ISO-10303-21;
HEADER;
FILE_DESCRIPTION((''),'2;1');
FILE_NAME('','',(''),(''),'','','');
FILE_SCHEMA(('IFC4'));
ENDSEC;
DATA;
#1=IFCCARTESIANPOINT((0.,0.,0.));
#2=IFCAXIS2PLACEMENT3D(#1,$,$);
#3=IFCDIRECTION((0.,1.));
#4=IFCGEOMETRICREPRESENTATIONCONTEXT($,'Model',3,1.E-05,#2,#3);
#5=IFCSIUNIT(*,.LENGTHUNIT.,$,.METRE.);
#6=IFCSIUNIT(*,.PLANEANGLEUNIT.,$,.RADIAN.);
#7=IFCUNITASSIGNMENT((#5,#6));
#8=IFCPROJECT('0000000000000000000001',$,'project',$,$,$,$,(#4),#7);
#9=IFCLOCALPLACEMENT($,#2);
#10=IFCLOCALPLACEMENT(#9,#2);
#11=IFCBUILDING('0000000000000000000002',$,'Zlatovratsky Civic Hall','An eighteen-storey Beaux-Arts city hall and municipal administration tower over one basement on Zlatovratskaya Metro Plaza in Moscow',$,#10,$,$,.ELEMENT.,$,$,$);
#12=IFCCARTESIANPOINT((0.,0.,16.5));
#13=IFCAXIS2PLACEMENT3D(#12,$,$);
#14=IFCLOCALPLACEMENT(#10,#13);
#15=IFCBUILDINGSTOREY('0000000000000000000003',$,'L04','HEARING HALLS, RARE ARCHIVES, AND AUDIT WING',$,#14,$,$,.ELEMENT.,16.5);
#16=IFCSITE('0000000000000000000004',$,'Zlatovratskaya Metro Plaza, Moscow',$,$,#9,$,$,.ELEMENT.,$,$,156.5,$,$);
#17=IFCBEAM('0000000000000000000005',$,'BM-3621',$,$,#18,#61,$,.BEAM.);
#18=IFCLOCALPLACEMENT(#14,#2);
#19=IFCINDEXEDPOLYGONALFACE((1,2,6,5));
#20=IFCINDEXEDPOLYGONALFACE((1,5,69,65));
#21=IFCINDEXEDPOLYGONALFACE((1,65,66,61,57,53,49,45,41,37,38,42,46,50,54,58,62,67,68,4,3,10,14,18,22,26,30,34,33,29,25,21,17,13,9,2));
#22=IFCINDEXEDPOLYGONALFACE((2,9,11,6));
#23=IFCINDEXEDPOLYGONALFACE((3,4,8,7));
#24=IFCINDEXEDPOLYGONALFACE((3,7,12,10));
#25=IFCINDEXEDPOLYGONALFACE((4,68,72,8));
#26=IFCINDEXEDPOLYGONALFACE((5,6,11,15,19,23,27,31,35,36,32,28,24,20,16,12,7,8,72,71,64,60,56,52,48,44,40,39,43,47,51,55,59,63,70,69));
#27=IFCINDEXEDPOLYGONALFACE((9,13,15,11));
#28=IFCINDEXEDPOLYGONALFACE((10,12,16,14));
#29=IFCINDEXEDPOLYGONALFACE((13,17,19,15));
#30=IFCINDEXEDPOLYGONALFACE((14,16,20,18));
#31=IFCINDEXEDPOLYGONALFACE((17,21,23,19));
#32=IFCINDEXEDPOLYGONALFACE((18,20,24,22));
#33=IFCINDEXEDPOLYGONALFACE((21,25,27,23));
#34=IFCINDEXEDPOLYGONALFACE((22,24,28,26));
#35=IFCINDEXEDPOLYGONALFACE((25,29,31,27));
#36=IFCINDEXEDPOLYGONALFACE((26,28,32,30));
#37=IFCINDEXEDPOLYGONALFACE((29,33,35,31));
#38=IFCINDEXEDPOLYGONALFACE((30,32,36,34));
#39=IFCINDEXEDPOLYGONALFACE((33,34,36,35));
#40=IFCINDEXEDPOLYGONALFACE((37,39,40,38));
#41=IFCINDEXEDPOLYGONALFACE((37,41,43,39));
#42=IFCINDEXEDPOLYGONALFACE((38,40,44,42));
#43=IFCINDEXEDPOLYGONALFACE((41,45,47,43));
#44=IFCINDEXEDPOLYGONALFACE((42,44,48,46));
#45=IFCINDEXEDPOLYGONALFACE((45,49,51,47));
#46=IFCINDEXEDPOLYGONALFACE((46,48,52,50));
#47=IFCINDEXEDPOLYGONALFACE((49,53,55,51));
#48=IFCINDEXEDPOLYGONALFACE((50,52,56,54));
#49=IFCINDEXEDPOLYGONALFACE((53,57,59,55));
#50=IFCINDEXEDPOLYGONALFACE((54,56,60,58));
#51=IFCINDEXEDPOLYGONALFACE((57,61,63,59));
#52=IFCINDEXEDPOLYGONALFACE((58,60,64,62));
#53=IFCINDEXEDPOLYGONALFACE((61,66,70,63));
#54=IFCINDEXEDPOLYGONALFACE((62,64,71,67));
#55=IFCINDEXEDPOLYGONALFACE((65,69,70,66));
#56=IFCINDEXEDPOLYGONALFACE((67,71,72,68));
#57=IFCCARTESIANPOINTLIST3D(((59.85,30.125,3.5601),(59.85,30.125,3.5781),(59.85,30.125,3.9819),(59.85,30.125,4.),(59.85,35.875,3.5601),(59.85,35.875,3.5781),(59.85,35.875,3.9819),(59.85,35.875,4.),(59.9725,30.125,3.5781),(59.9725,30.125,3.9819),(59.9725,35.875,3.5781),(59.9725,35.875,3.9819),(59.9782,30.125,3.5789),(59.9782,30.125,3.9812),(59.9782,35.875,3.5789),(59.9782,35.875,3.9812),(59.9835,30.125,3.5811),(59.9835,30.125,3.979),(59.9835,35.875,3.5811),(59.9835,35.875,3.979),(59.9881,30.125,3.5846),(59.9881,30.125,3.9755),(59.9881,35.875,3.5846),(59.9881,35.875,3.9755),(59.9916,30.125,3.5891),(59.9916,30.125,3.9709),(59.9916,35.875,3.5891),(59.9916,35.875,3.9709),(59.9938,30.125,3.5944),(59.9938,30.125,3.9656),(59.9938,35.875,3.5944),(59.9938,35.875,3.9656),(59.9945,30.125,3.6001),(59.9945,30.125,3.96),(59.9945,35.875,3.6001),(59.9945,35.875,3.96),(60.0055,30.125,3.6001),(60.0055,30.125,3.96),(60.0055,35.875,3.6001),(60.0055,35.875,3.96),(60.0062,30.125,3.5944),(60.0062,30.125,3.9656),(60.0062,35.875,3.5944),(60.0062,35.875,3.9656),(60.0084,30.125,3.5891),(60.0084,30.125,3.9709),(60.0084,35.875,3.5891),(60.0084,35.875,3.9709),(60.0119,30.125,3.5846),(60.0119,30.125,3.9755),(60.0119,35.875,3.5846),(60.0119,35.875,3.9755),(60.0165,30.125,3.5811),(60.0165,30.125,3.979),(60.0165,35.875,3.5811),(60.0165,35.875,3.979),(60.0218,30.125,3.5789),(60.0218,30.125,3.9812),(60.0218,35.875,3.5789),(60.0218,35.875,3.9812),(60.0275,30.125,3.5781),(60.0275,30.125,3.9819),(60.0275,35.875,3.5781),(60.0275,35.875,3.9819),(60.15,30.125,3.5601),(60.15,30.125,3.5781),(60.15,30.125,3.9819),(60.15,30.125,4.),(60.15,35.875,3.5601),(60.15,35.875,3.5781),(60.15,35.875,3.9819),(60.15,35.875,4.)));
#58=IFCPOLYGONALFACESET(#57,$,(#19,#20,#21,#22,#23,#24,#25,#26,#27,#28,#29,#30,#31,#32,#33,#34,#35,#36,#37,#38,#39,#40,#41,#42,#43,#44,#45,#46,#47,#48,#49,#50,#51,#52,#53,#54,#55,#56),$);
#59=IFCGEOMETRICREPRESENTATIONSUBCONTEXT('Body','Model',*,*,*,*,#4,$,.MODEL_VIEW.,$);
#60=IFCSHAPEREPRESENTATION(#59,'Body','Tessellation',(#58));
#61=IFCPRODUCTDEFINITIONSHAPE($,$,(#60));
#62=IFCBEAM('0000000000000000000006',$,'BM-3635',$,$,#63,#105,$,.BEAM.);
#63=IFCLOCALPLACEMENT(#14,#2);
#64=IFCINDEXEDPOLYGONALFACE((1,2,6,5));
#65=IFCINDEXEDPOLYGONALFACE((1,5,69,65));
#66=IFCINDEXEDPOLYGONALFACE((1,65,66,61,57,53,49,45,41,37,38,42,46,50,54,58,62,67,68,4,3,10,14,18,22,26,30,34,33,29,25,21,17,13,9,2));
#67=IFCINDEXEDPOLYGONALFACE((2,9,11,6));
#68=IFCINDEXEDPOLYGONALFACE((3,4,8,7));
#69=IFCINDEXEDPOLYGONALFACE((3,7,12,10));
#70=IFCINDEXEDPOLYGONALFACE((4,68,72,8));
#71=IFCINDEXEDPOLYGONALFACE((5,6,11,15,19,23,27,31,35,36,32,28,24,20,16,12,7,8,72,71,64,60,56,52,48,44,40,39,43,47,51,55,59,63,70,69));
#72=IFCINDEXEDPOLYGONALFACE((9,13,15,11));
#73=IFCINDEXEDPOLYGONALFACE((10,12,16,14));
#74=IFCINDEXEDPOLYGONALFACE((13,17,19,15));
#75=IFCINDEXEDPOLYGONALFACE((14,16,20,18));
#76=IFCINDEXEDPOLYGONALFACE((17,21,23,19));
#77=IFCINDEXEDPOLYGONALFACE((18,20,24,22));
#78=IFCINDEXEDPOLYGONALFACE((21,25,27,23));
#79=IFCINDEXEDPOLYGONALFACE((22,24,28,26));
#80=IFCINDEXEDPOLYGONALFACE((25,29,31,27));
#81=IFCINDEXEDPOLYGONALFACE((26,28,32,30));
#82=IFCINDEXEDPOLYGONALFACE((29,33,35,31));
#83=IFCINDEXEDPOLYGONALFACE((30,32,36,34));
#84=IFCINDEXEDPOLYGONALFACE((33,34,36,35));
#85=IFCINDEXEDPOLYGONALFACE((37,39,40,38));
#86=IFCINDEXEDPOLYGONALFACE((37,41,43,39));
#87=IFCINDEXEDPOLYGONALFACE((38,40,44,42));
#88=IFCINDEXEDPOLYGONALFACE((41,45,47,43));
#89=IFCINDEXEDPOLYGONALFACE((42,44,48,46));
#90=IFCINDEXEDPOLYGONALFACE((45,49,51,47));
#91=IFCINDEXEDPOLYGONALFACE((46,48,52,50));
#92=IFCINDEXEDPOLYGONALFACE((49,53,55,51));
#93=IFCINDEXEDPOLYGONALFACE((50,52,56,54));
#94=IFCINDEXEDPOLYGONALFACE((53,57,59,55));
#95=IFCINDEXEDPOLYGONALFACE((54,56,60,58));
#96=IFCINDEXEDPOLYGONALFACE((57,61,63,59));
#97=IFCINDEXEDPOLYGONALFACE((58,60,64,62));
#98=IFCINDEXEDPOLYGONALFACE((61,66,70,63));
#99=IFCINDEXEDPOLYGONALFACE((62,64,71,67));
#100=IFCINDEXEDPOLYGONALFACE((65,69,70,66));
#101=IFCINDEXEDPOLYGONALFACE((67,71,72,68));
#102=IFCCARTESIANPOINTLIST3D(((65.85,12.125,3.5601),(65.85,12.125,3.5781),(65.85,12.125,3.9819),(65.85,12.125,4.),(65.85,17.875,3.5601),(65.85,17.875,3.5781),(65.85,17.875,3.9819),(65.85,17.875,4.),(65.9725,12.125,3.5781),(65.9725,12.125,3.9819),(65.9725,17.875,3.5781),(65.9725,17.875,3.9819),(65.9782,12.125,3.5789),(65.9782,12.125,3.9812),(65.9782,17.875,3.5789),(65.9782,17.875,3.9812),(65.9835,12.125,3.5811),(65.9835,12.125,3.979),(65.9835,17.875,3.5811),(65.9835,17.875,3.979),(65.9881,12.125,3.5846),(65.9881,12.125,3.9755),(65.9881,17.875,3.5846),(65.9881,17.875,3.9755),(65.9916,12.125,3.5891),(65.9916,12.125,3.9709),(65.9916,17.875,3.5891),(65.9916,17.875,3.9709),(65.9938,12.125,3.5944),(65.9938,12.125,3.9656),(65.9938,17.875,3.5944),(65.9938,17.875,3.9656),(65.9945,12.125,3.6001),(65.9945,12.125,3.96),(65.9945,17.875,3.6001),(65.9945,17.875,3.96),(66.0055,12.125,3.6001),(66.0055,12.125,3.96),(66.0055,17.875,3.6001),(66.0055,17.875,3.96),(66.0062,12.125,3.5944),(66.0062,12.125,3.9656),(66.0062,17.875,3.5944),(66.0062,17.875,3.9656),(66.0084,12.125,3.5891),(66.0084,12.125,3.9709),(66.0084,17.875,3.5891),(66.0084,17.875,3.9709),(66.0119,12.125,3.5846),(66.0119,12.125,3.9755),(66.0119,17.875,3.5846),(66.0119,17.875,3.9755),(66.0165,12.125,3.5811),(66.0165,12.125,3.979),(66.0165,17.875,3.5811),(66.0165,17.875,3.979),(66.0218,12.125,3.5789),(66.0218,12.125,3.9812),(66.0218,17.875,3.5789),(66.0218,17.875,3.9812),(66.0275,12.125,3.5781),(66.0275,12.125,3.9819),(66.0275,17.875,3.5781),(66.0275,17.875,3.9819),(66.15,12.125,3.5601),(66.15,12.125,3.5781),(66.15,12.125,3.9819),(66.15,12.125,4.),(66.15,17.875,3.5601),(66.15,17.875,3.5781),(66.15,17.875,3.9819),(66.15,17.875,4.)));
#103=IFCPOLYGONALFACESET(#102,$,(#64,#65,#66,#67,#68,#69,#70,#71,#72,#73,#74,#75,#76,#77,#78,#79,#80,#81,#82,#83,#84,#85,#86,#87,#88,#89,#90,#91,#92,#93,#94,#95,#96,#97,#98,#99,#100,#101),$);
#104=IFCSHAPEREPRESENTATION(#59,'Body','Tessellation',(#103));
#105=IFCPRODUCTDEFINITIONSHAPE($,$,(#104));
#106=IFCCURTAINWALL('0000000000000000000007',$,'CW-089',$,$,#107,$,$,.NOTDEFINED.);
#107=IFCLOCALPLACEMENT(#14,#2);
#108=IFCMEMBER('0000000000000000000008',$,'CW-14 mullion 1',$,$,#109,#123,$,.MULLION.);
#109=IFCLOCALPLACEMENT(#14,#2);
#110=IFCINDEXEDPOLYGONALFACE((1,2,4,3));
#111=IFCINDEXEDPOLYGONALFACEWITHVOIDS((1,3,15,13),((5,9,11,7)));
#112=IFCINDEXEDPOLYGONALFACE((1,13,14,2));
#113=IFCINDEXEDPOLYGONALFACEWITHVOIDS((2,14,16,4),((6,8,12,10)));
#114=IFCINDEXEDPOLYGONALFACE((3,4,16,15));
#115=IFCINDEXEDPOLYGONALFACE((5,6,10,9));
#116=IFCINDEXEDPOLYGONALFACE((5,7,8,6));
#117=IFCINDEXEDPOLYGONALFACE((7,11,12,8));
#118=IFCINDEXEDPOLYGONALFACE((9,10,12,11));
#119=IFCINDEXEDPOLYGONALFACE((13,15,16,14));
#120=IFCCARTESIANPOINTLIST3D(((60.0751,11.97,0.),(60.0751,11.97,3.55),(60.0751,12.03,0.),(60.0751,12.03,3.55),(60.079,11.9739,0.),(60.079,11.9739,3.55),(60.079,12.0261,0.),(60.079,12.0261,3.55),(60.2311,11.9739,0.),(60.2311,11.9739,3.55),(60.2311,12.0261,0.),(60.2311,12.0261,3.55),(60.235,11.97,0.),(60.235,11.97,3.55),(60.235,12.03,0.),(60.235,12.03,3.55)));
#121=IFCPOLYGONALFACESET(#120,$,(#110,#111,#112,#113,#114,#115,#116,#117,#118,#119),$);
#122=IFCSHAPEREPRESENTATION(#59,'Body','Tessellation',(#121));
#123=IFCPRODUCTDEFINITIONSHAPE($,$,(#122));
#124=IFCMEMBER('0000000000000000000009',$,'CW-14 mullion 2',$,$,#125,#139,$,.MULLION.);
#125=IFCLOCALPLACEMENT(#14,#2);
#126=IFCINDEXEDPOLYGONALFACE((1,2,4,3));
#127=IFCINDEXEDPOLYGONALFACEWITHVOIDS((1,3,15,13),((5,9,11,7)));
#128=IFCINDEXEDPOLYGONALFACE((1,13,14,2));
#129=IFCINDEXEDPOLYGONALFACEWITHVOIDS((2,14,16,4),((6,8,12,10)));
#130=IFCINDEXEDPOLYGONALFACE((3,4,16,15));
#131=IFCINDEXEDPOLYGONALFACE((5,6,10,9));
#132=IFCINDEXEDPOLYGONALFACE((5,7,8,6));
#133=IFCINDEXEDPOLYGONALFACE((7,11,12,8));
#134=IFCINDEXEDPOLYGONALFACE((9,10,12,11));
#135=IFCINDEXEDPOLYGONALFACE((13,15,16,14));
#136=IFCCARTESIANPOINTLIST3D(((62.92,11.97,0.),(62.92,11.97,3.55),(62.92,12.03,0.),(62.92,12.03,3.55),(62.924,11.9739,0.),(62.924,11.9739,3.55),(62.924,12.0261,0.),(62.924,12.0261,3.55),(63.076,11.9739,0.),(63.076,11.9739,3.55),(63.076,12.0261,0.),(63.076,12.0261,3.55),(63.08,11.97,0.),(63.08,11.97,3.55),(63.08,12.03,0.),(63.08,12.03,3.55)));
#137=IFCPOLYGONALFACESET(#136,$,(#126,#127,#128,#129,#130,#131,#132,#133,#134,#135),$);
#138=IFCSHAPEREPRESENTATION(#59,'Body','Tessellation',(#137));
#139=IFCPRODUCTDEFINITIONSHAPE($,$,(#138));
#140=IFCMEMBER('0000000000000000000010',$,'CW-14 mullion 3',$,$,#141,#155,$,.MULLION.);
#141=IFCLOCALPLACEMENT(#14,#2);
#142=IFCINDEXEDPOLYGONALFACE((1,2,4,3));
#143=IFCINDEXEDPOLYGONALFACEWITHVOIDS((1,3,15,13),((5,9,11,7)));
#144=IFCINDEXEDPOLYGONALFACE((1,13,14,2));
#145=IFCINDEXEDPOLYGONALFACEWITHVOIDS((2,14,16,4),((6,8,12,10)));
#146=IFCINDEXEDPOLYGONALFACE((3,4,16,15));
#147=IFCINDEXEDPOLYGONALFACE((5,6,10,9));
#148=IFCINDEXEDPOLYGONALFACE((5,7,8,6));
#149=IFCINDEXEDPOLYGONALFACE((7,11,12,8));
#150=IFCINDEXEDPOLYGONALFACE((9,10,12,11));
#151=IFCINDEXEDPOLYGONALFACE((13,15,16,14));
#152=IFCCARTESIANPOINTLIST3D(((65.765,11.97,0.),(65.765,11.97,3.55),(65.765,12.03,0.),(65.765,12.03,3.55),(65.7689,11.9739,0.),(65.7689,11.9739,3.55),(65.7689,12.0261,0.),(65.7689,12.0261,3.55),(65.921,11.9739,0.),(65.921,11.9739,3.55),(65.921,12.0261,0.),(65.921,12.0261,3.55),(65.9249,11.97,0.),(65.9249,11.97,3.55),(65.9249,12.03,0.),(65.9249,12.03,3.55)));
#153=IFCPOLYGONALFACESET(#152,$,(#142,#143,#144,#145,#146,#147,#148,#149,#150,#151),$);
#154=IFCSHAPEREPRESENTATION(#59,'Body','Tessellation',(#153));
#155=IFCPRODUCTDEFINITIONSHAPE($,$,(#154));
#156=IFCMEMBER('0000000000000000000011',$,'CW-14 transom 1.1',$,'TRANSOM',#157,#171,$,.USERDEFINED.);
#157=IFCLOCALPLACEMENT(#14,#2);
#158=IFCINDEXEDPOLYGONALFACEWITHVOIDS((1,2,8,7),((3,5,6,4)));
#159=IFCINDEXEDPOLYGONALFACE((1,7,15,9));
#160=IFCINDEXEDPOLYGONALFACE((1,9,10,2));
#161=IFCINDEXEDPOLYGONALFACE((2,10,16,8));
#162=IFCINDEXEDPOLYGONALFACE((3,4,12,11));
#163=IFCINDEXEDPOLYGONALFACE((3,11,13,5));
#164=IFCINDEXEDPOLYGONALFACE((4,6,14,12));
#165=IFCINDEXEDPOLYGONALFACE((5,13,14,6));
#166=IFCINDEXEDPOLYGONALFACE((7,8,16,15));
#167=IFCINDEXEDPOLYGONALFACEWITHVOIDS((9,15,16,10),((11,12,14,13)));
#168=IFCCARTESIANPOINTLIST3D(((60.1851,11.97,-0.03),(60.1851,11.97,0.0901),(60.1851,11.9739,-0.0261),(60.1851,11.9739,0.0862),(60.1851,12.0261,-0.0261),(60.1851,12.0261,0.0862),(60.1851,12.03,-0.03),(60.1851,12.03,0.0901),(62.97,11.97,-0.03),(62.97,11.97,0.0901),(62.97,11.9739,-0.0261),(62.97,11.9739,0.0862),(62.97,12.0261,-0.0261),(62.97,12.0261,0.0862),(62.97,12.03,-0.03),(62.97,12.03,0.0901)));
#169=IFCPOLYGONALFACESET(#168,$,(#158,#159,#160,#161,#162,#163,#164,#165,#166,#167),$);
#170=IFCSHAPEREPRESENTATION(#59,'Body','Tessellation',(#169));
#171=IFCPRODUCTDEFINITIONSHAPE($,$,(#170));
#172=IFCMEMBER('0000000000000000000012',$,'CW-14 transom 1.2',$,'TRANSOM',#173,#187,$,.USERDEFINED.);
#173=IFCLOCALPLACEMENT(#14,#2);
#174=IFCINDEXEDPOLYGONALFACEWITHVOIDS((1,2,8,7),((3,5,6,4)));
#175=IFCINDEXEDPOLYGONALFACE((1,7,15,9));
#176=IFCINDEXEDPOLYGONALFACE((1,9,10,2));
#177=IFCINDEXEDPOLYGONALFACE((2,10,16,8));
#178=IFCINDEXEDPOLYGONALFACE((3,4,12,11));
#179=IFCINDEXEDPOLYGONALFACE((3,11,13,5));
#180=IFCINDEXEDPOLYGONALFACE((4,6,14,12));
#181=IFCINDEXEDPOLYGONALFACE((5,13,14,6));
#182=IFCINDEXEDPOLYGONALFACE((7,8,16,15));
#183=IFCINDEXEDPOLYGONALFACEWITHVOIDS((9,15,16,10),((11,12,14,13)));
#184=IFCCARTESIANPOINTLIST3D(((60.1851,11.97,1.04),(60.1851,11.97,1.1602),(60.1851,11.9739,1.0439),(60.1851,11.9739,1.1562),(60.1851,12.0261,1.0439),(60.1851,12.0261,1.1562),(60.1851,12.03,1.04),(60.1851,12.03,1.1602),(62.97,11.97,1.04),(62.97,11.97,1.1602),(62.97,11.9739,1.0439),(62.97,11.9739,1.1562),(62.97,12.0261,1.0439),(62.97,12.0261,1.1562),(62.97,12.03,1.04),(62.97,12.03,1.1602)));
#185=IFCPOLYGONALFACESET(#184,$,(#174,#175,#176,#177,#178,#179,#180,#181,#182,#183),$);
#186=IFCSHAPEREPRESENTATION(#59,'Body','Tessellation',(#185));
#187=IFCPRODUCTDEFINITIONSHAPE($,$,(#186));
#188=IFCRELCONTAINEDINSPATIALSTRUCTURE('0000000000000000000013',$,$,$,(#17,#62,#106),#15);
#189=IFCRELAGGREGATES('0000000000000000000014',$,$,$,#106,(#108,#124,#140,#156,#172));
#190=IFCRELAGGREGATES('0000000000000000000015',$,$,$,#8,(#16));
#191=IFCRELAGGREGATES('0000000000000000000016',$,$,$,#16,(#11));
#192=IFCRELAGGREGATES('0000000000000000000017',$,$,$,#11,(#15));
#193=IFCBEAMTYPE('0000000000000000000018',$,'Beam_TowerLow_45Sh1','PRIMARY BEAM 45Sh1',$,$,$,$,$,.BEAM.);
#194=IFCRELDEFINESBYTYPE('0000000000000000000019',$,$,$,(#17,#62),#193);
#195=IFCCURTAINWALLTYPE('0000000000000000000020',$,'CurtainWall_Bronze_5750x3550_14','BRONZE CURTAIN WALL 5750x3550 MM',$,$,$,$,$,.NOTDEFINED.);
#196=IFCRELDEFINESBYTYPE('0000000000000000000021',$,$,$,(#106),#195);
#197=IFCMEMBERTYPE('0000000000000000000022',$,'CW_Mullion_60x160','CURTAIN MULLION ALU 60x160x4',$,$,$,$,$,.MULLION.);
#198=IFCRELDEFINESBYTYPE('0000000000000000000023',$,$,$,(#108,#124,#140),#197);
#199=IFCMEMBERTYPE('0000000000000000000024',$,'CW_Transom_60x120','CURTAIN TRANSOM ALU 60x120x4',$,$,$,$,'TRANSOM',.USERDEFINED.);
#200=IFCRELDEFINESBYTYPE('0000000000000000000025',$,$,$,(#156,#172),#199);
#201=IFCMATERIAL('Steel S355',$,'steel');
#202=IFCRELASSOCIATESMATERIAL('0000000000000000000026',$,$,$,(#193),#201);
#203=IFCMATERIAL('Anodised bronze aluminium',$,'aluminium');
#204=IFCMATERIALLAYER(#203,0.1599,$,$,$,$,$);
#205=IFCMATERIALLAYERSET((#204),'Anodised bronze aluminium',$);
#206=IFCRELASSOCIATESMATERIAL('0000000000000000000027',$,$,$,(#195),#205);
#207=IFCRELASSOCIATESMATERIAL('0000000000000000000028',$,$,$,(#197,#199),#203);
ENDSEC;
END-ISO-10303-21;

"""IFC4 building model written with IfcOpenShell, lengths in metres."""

from ifc_helpers import new_model, si_unit, direction, frame, origin, origin_2d, place, context, subcontext, project, spatial, hollow_rectangle, i_section, extrude, material, layer, layer_set, material_profile, profile_set, type_object, element, aggregate, save


model = new_model("IFC4")

# Units and contexts
model_context = context("Model", 3, precision=1e-05, world=origin(), true_north=direction((0.0, 1.0)))
body_context = subcontext(model_context, "Body", "Model", "MODEL_VIEW")
ifc_project = project(units=[si_unit("LENGTHUNIT", "METRE"), si_unit("PLANEANGLEUNIT", "RADIAN")], contexts=[model_context])

# Site, building, storey
site_placement = place(None, origin())
site = spatial("IfcSite", under=ifc_project, at=site_placement, Name="Zlatovratskaya Metro Plaza, Moscow", CompositionType="ELEMENT", RefElevation=156.5)
building_placement = place(site_placement, origin())
building = spatial("IfcBuilding", under=site, at=building_placement, Name="Zlatovratsky Civic Hall", Description="An eighteen-storey Beaux-Arts city hall and municipal administration tower over one basement on Zlatovratskaya Metro Plaza in Moscow", CompositionType="ELEMENT")
storey_placement = place(building_placement, frame((0.0, 0.0, 16.5)))
storey = spatial("IfcBuildingStorey", under=building, at=storey_placement, Name="L04", Description="HEARING HALLS, RARE ARCHIVES, AND AUDIT WING", CompositionType="ELEMENT", Elevation=16.5)

# Shared definitions
ifc_material_1 = material(Name="Steel S355", Category="steel")

# Beams
ifc_material_profile_1 = material_profile(ifc_material_1, i_section(OverallWidth=0.3, OverallDepth=0.4399, WebThickness=0.011, FlangeThickness=0.0181, FilletRadius=0.022, at=origin_2d()), Name="45Sh1")
ifc_profile_set_1 = profile_set([ifc_material_profile_1], Name="Steel S355")
beam_type_1 = type_object("IfcBeamType", Name="Beam_TowerLow_45Sh1", Description="PRIMARY BEAM 45Sh1", PredefinedType="BEAM", material=ifc_profile_set_1)
for number, where, z_axis, x_axis, name in (
    (1, (60.0, 30.125, 3.78), (0.0, 1.0, 0.0), (-1.0, 0.0, 0.0), "BM-3621"),
    (2, (66.0, 12.125, 3.78), (0.0, 1.0, 0.0), (-1.0, 0.0, 0.0), "BM-3635"),
):
    element("IfcBeam", number, at=place(storey_placement, frame(where, z_axis=z_axis, x_axis=x_axis)), inside=storey, type_object=beam_type_1, Name=name, PredefinedType="BEAM", context=body_context, shape_type="SweptSolid", body=[
        extrude(i_section(OverallWidth=0.3, OverallDepth=0.4399, WebThickness=0.011, FlangeThickness=0.0181, FilletRadius=0.022, at=origin_2d()), origin(), (0.0, 0.0, 1.0), 5.75),
    ])

# Curtain wall, members
ifc_material_2 = material(Name="Anodised bronze aluminium", Category="aluminium")
ifc_layer_1 = layer(ifc_material_2, 0.1599)
ifc_layer_set_1 = layer_set([ifc_layer_1], Name="Anodised bronze aluminium")
curtain_wall_type = type_object("IfcCurtainWallType", Name="CurtainWall_Bronze_5750x3550_14", Description="BRONZE CURTAIN WALL 5750x3550 MM", PredefinedType="NOTDEFINED", material=ifc_layer_set_1)
curtain_wall_placement = place(storey_placement, origin())
curtain_wall = element("IfcCurtainWall", 3, at=curtain_wall_placement, inside=storey, type_object=curtain_wall_type, Name="CW-089", PredefinedType="NOTDEFINED")
ifc_material_profile_2 = material_profile(ifc_material_2, hollow_rectangle(XDim=0.0601, YDim=0.1599, WallThickness=0.0039, at=origin_2d()), Name="ALU 60x160x4")
ifc_profile_set_2 = profile_set([ifc_material_profile_2], Name="Anodised bronze aluminium")
member_type_1 = type_object("IfcMemberType", Name="CW_Mullion_60x160", Description="CURTAIN MULLION ALU 60x160x4", PredefinedType="MULLION", material=ifc_profile_set_2)
member_1_placement = place(storey_placement, frame((60.155, 12.0, 0.0), z_axis=(0.0, 0.0, 1.0), x_axis=(0.0, 1.0, 0.0)))
member_1 = element("IfcMember", 4, at=member_1_placement, type_object=member_type_1, Name="CW-14 mullion 1", PredefinedType="MULLION", context=body_context, shape_type="SweptSolid", body=[
    extrude(hollow_rectangle(XDim=0.0601, YDim=0.1599, WallThickness=0.0039, at=origin_2d()), origin(), (0.0, 0.0, 1.0), 3.55),
])
member_2_placement = place(storey_placement, frame((63.0, 12.0, 0.0), z_axis=(0.0, 0.0, 1.0), x_axis=(0.0, 1.0, 0.0)))
member_2 = element("IfcMember", 5, at=member_2_placement, type_object=member_type_1, Name="CW-14 mullion 2", PredefinedType="MULLION", context=body_context, shape_type="SweptSolid", body=[
    extrude(hollow_rectangle(XDim=0.0601, YDim=0.1599, WallThickness=0.0039, at=origin_2d()), origin(), (0.0, 0.0, 1.0), 3.55),
])
member_3_placement = place(storey_placement, frame((65.845, 12.0, 0.0), z_axis=(0.0, 0.0, 1.0), x_axis=(0.0, 1.0, 0.0)))
member_3 = element("IfcMember", 6, at=member_3_placement, type_object=member_type_1, Name="CW-14 mullion 3", PredefinedType="MULLION", context=body_context, shape_type="SweptSolid", body=[
    extrude(hollow_rectangle(XDim=0.0601, YDim=0.1599, WallThickness=0.0039, at=origin_2d()), origin(), (0.0, 0.0, 1.0), 3.55),
])
ifc_material_profile_3 = material_profile(ifc_material_2, hollow_rectangle(XDim=0.0601, YDim=0.1201, WallThickness=0.0039, at=origin_2d()), Name="ALU 60x120x4")
ifc_profile_set_3 = profile_set([ifc_material_profile_3], Name="Anodised bronze aluminium")
member_type_2 = type_object("IfcMemberType", Name="CW_Transom_60x120", Description="CURTAIN TRANSOM ALU 60x120x4", ElementType="TRANSOM", PredefinedType="USERDEFINED", material=ifc_profile_set_3)
member_4_placement = place(storey_placement, frame((60.1851, 12.0, 0.03), z_axis=(1.0, 0.0, 0.0), x_axis=(0.0, 1.0, 0.0)))
member_4 = element("IfcMember", 7, at=member_4_placement, type_object=member_type_2, Name="CW-14 transom 1.1", ObjectType="TRANSOM", PredefinedType="USERDEFINED", context=body_context, shape_type="SweptSolid", body=[
    extrude(hollow_rectangle(XDim=0.0601, YDim=0.1201, WallThickness=0.0039, at=origin_2d()), origin(), (0.0, 0.0, 1.0), 2.7849),
])
member_5_placement = place(storey_placement, frame((60.1851, 12.0, 1.1001), z_axis=(1.0, 0.0, 0.0), x_axis=(0.0, 1.0, 0.0)))
member_5 = element("IfcMember", 8, at=member_5_placement, type_object=member_type_2, Name="CW-14 transom 1.2", ObjectType="TRANSOM", PredefinedType="USERDEFINED", context=body_context, shape_type="SweptSolid", body=[
    extrude(hollow_rectangle(XDim=0.0601, YDim=0.1201, WallThickness=0.0039, at=origin_2d()), origin(), (0.0, 0.0, 1.0), 2.7849),
])
aggregate(curtain_wall, [member_1, member_2, member_3, member_4, member_5])

save(model, "model.ifc")
